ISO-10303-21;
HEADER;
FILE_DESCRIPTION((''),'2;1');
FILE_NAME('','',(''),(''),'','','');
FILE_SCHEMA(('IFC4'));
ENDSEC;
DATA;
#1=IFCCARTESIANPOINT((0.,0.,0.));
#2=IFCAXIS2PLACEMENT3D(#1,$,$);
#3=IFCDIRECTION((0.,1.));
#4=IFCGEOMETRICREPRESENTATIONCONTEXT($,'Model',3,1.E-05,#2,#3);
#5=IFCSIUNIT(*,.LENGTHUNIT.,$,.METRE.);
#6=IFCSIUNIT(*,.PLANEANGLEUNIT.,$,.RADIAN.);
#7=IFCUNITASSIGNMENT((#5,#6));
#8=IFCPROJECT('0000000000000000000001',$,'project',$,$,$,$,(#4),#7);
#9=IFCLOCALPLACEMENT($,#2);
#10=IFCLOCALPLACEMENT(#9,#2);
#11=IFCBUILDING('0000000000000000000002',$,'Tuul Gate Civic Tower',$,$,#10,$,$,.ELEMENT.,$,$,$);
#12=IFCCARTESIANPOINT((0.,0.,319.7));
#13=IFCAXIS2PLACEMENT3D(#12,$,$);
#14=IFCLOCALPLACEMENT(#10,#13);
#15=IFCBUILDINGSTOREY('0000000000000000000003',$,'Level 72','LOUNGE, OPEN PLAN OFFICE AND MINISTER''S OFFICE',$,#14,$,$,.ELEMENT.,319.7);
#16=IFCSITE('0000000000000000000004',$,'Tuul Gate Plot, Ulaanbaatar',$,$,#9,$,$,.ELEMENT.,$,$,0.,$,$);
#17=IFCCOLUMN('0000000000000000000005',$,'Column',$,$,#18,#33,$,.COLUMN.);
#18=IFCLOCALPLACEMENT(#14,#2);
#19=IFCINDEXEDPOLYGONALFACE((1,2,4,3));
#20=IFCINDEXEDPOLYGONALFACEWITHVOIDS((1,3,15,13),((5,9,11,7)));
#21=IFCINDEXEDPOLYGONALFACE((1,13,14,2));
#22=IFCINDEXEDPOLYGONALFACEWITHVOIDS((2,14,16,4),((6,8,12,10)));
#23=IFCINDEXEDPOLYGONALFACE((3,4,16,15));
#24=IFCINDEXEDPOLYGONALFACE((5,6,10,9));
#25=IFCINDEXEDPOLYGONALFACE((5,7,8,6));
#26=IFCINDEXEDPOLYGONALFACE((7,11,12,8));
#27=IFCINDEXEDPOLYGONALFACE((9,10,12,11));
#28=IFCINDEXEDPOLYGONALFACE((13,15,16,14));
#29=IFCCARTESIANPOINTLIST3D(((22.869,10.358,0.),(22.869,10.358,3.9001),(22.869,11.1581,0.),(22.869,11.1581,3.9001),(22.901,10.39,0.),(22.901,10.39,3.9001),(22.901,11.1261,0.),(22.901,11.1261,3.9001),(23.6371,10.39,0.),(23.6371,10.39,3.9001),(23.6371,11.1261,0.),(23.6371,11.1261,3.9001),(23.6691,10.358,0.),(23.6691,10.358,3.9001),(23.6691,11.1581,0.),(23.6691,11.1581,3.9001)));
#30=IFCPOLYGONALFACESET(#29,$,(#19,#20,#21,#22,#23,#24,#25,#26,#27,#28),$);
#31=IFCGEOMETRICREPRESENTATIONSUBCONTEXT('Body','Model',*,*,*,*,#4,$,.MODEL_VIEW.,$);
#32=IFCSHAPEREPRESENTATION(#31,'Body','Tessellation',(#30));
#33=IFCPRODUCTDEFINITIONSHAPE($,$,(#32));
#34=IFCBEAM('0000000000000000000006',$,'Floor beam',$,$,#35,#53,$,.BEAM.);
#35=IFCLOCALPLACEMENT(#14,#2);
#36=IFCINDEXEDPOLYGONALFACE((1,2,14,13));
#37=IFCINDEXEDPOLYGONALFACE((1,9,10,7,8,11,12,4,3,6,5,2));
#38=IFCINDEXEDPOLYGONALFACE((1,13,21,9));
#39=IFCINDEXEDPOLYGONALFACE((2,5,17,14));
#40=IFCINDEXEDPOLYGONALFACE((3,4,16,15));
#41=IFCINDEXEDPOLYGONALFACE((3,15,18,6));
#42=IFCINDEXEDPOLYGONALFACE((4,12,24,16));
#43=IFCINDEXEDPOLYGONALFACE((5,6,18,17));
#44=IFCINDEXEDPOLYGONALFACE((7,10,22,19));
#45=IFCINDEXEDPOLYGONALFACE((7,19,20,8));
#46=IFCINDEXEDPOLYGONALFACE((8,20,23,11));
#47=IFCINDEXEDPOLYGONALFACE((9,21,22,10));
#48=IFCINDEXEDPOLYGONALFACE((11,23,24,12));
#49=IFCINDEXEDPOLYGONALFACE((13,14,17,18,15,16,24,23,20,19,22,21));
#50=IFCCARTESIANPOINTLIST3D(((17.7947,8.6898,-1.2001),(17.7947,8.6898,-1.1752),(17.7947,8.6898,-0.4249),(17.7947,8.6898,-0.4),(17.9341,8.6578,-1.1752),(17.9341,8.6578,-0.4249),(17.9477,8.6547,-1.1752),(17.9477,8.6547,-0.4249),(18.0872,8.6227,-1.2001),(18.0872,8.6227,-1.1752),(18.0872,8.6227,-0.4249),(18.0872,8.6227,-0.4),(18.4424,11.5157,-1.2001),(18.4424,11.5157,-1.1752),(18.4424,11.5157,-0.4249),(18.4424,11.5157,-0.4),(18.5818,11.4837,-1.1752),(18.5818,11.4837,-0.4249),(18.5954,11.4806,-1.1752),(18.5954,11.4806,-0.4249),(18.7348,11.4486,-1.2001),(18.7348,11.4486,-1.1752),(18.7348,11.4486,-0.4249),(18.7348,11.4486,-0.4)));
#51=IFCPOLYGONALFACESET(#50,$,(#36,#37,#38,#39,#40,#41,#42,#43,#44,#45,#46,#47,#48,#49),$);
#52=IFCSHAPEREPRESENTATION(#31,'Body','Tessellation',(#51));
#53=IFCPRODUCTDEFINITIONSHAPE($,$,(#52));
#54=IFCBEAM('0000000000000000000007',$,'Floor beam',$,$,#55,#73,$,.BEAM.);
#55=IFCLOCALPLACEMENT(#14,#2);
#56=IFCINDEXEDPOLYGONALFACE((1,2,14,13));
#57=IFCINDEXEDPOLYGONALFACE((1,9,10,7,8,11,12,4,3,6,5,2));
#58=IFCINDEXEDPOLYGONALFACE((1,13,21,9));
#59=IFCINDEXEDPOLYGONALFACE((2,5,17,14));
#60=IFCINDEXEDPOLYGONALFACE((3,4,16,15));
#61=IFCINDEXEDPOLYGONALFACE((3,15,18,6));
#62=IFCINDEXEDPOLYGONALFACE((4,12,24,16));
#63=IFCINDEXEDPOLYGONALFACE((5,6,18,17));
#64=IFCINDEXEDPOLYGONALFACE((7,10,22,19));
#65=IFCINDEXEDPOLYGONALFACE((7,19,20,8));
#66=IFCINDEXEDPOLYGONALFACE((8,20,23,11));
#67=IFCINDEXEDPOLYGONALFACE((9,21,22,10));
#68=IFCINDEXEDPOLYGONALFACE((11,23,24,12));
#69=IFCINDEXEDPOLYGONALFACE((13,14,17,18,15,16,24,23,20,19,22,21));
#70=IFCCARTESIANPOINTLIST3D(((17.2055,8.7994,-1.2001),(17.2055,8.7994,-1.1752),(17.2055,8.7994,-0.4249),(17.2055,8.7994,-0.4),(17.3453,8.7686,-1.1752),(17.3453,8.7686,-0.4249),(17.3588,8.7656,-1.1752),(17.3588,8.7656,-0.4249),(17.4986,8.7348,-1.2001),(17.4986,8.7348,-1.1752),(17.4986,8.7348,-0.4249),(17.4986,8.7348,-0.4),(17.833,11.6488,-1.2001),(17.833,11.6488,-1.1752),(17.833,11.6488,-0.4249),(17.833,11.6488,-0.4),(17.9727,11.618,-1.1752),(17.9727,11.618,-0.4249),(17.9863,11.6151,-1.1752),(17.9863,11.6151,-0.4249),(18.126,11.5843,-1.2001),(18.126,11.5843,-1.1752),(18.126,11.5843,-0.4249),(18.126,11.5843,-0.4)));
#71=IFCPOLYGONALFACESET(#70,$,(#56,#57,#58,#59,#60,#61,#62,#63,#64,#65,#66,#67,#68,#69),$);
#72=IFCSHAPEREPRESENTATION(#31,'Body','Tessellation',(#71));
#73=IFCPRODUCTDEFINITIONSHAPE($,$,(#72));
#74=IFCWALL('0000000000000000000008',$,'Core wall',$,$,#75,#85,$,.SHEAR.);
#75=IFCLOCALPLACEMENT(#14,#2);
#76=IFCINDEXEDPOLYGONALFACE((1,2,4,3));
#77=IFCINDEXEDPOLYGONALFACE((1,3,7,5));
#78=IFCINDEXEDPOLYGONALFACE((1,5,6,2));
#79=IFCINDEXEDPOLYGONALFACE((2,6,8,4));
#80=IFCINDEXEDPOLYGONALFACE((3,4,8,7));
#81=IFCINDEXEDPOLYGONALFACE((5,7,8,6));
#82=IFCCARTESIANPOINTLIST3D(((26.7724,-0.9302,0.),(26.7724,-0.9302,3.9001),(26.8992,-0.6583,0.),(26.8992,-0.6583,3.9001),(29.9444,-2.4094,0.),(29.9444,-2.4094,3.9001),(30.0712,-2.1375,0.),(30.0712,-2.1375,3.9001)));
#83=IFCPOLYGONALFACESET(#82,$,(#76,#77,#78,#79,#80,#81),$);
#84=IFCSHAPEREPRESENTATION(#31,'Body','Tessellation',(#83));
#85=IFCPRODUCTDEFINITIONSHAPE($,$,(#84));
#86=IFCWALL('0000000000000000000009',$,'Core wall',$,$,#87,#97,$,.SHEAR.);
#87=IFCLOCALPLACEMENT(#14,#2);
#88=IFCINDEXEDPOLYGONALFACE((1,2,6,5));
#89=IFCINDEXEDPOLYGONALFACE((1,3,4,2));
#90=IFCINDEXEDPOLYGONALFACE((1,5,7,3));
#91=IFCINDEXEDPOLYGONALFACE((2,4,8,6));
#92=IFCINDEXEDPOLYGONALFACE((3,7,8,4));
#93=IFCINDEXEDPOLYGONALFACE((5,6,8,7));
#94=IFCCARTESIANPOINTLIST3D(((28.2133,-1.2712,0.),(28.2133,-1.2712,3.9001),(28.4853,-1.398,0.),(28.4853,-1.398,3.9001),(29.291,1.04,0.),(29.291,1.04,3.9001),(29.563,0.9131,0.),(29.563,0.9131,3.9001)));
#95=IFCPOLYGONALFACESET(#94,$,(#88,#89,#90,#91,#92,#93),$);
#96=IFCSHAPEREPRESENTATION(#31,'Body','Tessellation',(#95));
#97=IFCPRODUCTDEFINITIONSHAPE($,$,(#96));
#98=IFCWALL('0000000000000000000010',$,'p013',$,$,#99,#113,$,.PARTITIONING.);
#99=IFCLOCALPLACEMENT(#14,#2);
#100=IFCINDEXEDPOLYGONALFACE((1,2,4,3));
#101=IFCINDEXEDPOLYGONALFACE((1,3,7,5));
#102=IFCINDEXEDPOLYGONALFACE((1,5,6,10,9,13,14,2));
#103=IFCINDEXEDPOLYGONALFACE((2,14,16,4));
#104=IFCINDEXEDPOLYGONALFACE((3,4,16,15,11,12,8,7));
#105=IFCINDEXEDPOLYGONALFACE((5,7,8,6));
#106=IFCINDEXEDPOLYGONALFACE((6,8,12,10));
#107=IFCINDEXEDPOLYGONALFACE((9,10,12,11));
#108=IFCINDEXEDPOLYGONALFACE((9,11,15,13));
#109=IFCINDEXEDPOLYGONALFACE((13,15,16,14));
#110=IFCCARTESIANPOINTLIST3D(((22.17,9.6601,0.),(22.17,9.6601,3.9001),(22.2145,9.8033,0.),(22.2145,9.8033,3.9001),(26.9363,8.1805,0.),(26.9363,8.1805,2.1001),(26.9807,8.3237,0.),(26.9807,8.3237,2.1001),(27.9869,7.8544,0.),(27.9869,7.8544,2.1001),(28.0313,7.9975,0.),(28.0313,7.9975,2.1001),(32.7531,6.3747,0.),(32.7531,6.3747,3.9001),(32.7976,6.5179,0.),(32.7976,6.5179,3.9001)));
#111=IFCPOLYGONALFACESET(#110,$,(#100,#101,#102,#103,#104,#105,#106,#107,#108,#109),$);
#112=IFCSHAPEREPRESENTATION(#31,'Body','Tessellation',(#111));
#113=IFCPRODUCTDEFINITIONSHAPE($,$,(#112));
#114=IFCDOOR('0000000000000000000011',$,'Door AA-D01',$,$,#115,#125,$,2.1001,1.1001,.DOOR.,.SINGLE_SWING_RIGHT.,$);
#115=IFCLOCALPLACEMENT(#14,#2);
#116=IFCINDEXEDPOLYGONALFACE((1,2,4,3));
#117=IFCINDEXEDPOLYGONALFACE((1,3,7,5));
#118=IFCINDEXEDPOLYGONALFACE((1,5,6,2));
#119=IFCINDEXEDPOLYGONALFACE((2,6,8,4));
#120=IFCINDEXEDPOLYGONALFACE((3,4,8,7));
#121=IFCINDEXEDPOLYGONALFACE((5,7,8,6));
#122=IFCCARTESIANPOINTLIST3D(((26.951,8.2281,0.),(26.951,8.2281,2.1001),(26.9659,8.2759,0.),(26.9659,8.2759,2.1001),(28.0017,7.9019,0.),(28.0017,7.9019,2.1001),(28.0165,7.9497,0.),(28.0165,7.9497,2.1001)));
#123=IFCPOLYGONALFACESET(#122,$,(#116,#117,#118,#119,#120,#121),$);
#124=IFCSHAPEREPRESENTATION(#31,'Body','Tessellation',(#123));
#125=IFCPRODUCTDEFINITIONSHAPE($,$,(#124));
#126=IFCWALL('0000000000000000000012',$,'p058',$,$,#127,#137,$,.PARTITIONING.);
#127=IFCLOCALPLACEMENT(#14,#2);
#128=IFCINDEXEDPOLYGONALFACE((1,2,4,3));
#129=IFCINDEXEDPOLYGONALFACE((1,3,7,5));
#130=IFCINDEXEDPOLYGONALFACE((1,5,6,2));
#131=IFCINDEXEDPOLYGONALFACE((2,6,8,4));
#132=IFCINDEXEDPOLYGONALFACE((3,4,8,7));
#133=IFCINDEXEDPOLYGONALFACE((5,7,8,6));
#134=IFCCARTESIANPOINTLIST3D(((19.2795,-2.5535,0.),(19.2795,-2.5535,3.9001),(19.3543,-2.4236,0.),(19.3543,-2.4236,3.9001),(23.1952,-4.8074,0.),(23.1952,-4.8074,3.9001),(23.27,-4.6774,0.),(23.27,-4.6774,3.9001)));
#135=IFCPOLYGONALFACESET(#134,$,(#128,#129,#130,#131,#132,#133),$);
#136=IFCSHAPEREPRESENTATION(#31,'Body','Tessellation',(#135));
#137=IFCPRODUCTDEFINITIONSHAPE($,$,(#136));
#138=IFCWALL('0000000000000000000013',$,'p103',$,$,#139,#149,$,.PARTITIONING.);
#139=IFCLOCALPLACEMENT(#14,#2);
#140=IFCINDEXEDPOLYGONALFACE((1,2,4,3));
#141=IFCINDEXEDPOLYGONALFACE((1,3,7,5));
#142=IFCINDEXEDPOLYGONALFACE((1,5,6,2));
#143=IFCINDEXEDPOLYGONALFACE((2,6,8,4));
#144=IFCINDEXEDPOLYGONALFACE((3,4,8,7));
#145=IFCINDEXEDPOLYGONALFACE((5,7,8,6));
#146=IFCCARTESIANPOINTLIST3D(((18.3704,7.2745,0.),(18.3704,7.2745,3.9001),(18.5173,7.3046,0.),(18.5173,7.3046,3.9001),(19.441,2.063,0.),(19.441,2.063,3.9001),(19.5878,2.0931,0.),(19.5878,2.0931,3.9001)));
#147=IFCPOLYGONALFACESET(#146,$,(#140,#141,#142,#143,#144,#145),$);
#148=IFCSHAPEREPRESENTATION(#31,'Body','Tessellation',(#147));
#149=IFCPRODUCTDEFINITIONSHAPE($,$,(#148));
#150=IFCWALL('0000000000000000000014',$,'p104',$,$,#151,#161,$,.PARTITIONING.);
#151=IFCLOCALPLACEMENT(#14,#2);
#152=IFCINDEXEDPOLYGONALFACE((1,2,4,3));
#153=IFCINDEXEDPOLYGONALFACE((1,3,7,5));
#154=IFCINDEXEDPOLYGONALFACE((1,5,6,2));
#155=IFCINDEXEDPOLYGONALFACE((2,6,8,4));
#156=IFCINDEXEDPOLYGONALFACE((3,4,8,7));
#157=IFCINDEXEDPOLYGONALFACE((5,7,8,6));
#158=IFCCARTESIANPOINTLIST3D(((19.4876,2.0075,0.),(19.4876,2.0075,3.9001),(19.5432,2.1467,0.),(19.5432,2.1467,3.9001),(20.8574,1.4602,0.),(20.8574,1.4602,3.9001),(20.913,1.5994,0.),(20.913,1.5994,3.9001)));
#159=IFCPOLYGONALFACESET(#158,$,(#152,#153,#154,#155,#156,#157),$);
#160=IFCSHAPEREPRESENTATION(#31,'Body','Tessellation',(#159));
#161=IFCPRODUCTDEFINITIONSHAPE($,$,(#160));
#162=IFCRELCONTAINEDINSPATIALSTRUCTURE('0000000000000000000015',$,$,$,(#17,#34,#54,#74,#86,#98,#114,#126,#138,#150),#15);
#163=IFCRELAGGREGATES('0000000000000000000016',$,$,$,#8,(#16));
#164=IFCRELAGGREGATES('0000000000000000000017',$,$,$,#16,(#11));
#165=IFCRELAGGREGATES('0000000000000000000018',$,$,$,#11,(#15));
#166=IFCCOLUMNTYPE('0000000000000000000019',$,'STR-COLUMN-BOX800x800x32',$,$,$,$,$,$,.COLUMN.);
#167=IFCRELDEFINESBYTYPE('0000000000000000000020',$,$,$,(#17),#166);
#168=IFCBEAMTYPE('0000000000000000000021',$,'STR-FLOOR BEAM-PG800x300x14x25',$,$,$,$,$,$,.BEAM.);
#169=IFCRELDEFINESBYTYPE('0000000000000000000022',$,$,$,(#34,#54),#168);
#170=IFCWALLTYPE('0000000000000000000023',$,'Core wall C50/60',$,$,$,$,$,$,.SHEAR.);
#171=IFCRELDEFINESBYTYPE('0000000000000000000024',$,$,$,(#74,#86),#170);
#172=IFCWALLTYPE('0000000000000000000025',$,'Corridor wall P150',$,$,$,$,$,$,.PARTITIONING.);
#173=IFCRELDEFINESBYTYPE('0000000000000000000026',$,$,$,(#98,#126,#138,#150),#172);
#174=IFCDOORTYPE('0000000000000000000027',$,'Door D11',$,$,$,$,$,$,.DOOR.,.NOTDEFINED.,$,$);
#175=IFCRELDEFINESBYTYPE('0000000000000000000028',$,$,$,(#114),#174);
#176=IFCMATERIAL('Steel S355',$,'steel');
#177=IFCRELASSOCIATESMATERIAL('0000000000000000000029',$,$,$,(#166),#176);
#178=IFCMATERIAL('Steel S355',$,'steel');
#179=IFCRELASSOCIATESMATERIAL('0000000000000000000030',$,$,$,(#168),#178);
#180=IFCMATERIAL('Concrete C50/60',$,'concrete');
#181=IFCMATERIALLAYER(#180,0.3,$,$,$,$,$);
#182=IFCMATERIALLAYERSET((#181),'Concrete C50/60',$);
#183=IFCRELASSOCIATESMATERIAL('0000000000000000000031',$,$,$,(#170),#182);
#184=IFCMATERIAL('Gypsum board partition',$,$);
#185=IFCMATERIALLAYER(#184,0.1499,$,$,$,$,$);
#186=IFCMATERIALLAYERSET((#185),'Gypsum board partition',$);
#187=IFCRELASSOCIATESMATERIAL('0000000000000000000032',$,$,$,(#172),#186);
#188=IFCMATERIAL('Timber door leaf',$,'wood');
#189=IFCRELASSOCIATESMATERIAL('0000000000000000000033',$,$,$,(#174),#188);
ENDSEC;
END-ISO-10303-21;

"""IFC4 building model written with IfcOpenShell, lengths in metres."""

from ifc_helpers import new_model, si_unit, direction, frame, frame_2d, origin, origin_2d, place, context, subcontext, project, spatial, rectangle, hollow_rectangle, i_section, extrude, material, layer, layer_set, material_profile, profile_set, type_object, element, fill, save


model = new_model("IFC4")

# Units and contexts
model_context = context("Model", 3, precision=1e-05, world=origin(), true_north=direction((0.0, 1.0)))
body_context = subcontext(model_context, "Body", "Model", "MODEL_VIEW")
ifc_project = project(units=[si_unit("LENGTHUNIT", "METRE"), si_unit("PLANEANGLEUNIT", "RADIAN")], contexts=[model_context])

# Site, building, storey
site_placement = place(None, origin())
site = spatial("IfcSite", under=ifc_project, at=site_placement, Name="Tuul Gate Plot, Ulaanbaatar", CompositionType="ELEMENT", RefElevation=0.0)
building_placement = place(site_placement, origin())
building = spatial("IfcBuilding", under=site, at=building_placement, Name="Tuul Gate Civic Tower", CompositionType="ELEMENT")
storey_placement = place(building_placement, frame((0.0, 0.0, 319.7)))
storey = spatial("IfcBuildingStorey", under=building, at=storey_placement, Name="Level 72", Description="LOUNGE, OPEN PLAN OFFICE AND MINISTER'S OFFICE", CompositionType="ELEMENT", Elevation=319.7)

# Column
ifc_material_1 = material(Name="Steel S355", Category="steel")
ifc_material_profile_1 = material_profile(ifc_material_1, hollow_rectangle(XDim=0.8, YDim=0.8, WallThickness=0.032, at=origin_2d()), Name="BOX800x800x32")
ifc_profile_set_1 = profile_set([ifc_material_profile_1], Name="Steel S355")
column_type = type_object("IfcColumnType", Name="STR-COLUMN-BOX800x800x32", PredefinedType="COLUMN", material=ifc_profile_set_1)
column_placement = place(storey_placement, frame((23.269, 10.7581, 0.0), z_axis=(0.0, 0.0, 1.0), x_axis=(1.0, 0.0, 0.0)))
element("IfcColumn", 1, at=column_placement, inside=storey, type_object=column_type, Name="Column", PredefinedType="COLUMN", context=body_context, shape_type="SweptSolid", body=[
    extrude(hollow_rectangle(XDim=0.8, YDim=0.8, WallThickness=0.032, at=origin_2d()), origin(), (0.0, 0.0, 1.0), 3.9001),
])

# Beams
ifc_material_2 = material(Name="Steel S355", Category="steel")
ifc_material_profile_2 = material_profile(ifc_material_2, i_section(OverallWidth=0.3, OverallDepth=0.8, WebThickness=0.0139, FlangeThickness=0.0249, at=origin_2d()), Name="PG800x300x14x25")
ifc_profile_set_2 = profile_set([ifc_material_profile_2], Name="Steel S355")
beam_type = type_object("IfcBeamType", Name="STR-FLOOR BEAM-PG800x300x14x25", PredefinedType="BEAM", material=ifc_profile_set_2)
beam_1_placement = place(storey_placement, frame((17.9409, 8.6562, -0.8), z_axis=(0.223408, 0.974725, 0.0), x_axis=(-0.974725, 0.223408, 0.0)))
element("IfcBeam", 2, at=beam_1_placement, inside=storey, type_object=beam_type, Name="Floor beam", PredefinedType="BEAM", context=body_context, shape_type="SweptSolid", body=[
    extrude(i_section(OverallWidth=0.3, OverallDepth=0.8, WebThickness=0.0139, FlangeThickness=0.0249, at=origin_2d()), origin(), (0.0, 0.0, 1.0), 2.8992),
])
beam_2_placement = place(storey_placement, frame((17.3521, 8.7671, -0.8), z_axis=(0.215052, 0.976603, 0.0), x_axis=(-0.976603, 0.215052, 0.0)))
element("IfcBeam", 3, at=beam_2_placement, inside=storey, type_object=beam_type, Name="Floor beam", PredefinedType="BEAM", context=body_context, shape_type="SweptSolid", body=[
    extrude(i_section(OverallWidth=0.3, OverallDepth=0.8, WebThickness=0.0139, FlangeThickness=0.0249, at=origin_2d()), origin(), (0.0, 0.0, 1.0), 2.9177),
])

# Walls
ifc_material_3 = material(Name="Concrete C50/60", Category="concrete")
ifc_layer_1 = layer(ifc_material_3, 0.3)
ifc_layer_set_1 = layer_set([ifc_layer_1], Name="Concrete C50/60")
wall_type_1 = type_object("IfcWallType", Name="Core wall C50/60", PredefinedType="SHEAR", material=ifc_layer_set_1)
wall_1_placement = place(storey_placement, frame((30.0078, -2.2734, 0.0), z_axis=(0.0, 0.0, 1.0), x_axis=(-0.906301, 0.422633, 0.0)))
element("IfcWall", 4, at=wall_1_placement, inside=storey, type_object=wall_type_1, Name="Core wall", PredefinedType="SHEAR", context=body_context, shape_type="SweptSolid", body=[
    extrude(rectangle(XDim=3.5, YDim=0.3, at=frame_2d((1.75, 0.0))), origin(), (0.0, 0.0, 1.0), 3.9001),
])
wall_2_placement = place(storey_placement, frame((28.3494, -1.3345, 0.0), z_axis=(0.0, 0.0, 1.0), x_axis=(0.422613, 0.90631, 0.0)))
element("IfcWall", 5, at=wall_2_placement, inside=storey, type_object=wall_type_1, Name="Core wall", PredefinedType="SHEAR", context=body_context, shape_type="SweptSolid", body=[
    extrude(rectangle(XDim=2.55, YDim=0.3, at=frame_2d((1.2749, 0.0))), origin(), (0.0, 0.0, 1.0), 3.9001),
])

# Wall, opening, door
ifc_material_4 = material(Name="Gypsum board partition")
ifc_layer_2 = layer(ifc_material_4, 0.1499)
ifc_layer_set_2 = layer_set([ifc_layer_2], Name="Gypsum board partition")
wall_type_2 = type_object("IfcWallType", Name="Corridor wall P150", PredefinedType="PARTITIONING", material=ifc_layer_set_2)
wall_3_placement = place(storey_placement, frame((22.1924, 9.7317, 0.0), z_axis=(0.0, 0.0, 1.0), x_axis=(0.955038, -0.296483, 0.0)))
wall_3 = element("IfcWall", 6, at=wall_3_placement, inside=storey, type_object=wall_type_2, Name="p013", PredefinedType="PARTITIONING", context=body_context, shape_type="SweptSolid", body=[
    extrude(rectangle(XDim=11.0813, YDim=0.1499, at=frame_2d((5.5405, 0.0))), origin(), (0.0, 0.0, 1.0), 3.9001),
])
opening_1_placement = place(wall_3_placement, frame((4.9905, 0.0, 0.0)))
opening_1 = element("IfcOpeningElement", 7, at=opening_1_placement, cuts=wall_3, PredefinedType="OPENING", context=body_context, shape_type="SweptSolid", body=[
    extrude(rectangle(XDim=1.1001, YDim=2.1001, at=frame_2d((0.55, 1.05))), frame((0.0, 0.085, 0.0), z_axis=(0.0, -1.0, 0.0), x_axis=(1.0, 0.0, 0.0)), (0.0, 0.0, 1.0), 0.1699),
])
ifc_material_5 = material(Name="Timber door leaf", Category="wood")
door_type_1 = type_object("IfcDoorType", Name="Door D11", OperationType="NOTDEFINED", PredefinedType="DOOR", material=ifc_material_5)
door_1_placement = place(opening_1_placement, origin())
door_1 = element("IfcDoor", 8, at=door_1_placement, inside=storey, type_object=door_type_1, Name="Door AA-D01", OperationType="SINGLE_SWING_RIGHT", OverallHeight=2.1001, OverallWidth=1.1001, PredefinedType="DOOR", context=body_context, shape_type="SweptSolid", body=[
    extrude(rectangle(XDim=1.1001, YDim=2.1001, at=frame_2d((0.55, 1.05))), frame((0.0, 0.0249, 0.0), z_axis=(0.0, -1.0, 0.0), x_axis=(1.0, 0.0, 0.0)), (0.0, 0.0, 1.0), 0.05),
])
fill(opening_1, door_1)

# Walls
wall_4_placement = place(storey_placement, frame((19.3169, -2.4885, 0.0), z_axis=(0.0, 0.0, 1.0), x_axis=(0.866683, -0.49886, 0.0)))
element("IfcWall", 9, at=wall_4_placement, inside=storey, type_object=wall_type_2, Name="p058", PredefinedType="PARTITIONING", context=body_context, shape_type="SweptSolid", body=[
    extrude(rectangle(XDim=4.5181, YDim=0.1499, at=frame_2d((2.259, 0.0))), origin(), (0.0, 0.0, 1.0), 3.9001),
])
wall_5_placement = place(storey_placement, frame((18.4438, 7.2896, 0.0), z_axis=(0.0, 0.0, 1.0), x_axis=(0.201223, -0.979545, 0.0)))
element("IfcWall", 10, at=wall_5_placement, inside=storey, type_object=wall_type_2, Name="p103", PredefinedType="PARTITIONING", context=body_context, shape_type="SweptSolid", body=[
    extrude(rectangle(XDim=5.3203, YDim=0.1499, at=frame_2d((2.6602, 0.0))), origin(), (0.0, 0.0, 1.0), 3.9001),
])
wall_6_placement = place(storey_placement, frame((19.5154, 2.0771, 0.0), z_axis=(0.0, 0.0, 1.0), x_axis=(0.928614, -0.371048, 0.0)))
element("IfcWall", 11, at=wall_6_placement, inside=storey, type_object=wall_type_2, Name="p104", PredefinedType="PARTITIONING", context=body_context, shape_type="SweptSolid", body=[
    extrude(rectangle(XDim=1.4751, YDim=0.1499, at=frame_2d((0.7375, 0.0))), origin(), (0.0, 0.0, 1.0), 3.9001),
])

save(model, "model.ifc")
